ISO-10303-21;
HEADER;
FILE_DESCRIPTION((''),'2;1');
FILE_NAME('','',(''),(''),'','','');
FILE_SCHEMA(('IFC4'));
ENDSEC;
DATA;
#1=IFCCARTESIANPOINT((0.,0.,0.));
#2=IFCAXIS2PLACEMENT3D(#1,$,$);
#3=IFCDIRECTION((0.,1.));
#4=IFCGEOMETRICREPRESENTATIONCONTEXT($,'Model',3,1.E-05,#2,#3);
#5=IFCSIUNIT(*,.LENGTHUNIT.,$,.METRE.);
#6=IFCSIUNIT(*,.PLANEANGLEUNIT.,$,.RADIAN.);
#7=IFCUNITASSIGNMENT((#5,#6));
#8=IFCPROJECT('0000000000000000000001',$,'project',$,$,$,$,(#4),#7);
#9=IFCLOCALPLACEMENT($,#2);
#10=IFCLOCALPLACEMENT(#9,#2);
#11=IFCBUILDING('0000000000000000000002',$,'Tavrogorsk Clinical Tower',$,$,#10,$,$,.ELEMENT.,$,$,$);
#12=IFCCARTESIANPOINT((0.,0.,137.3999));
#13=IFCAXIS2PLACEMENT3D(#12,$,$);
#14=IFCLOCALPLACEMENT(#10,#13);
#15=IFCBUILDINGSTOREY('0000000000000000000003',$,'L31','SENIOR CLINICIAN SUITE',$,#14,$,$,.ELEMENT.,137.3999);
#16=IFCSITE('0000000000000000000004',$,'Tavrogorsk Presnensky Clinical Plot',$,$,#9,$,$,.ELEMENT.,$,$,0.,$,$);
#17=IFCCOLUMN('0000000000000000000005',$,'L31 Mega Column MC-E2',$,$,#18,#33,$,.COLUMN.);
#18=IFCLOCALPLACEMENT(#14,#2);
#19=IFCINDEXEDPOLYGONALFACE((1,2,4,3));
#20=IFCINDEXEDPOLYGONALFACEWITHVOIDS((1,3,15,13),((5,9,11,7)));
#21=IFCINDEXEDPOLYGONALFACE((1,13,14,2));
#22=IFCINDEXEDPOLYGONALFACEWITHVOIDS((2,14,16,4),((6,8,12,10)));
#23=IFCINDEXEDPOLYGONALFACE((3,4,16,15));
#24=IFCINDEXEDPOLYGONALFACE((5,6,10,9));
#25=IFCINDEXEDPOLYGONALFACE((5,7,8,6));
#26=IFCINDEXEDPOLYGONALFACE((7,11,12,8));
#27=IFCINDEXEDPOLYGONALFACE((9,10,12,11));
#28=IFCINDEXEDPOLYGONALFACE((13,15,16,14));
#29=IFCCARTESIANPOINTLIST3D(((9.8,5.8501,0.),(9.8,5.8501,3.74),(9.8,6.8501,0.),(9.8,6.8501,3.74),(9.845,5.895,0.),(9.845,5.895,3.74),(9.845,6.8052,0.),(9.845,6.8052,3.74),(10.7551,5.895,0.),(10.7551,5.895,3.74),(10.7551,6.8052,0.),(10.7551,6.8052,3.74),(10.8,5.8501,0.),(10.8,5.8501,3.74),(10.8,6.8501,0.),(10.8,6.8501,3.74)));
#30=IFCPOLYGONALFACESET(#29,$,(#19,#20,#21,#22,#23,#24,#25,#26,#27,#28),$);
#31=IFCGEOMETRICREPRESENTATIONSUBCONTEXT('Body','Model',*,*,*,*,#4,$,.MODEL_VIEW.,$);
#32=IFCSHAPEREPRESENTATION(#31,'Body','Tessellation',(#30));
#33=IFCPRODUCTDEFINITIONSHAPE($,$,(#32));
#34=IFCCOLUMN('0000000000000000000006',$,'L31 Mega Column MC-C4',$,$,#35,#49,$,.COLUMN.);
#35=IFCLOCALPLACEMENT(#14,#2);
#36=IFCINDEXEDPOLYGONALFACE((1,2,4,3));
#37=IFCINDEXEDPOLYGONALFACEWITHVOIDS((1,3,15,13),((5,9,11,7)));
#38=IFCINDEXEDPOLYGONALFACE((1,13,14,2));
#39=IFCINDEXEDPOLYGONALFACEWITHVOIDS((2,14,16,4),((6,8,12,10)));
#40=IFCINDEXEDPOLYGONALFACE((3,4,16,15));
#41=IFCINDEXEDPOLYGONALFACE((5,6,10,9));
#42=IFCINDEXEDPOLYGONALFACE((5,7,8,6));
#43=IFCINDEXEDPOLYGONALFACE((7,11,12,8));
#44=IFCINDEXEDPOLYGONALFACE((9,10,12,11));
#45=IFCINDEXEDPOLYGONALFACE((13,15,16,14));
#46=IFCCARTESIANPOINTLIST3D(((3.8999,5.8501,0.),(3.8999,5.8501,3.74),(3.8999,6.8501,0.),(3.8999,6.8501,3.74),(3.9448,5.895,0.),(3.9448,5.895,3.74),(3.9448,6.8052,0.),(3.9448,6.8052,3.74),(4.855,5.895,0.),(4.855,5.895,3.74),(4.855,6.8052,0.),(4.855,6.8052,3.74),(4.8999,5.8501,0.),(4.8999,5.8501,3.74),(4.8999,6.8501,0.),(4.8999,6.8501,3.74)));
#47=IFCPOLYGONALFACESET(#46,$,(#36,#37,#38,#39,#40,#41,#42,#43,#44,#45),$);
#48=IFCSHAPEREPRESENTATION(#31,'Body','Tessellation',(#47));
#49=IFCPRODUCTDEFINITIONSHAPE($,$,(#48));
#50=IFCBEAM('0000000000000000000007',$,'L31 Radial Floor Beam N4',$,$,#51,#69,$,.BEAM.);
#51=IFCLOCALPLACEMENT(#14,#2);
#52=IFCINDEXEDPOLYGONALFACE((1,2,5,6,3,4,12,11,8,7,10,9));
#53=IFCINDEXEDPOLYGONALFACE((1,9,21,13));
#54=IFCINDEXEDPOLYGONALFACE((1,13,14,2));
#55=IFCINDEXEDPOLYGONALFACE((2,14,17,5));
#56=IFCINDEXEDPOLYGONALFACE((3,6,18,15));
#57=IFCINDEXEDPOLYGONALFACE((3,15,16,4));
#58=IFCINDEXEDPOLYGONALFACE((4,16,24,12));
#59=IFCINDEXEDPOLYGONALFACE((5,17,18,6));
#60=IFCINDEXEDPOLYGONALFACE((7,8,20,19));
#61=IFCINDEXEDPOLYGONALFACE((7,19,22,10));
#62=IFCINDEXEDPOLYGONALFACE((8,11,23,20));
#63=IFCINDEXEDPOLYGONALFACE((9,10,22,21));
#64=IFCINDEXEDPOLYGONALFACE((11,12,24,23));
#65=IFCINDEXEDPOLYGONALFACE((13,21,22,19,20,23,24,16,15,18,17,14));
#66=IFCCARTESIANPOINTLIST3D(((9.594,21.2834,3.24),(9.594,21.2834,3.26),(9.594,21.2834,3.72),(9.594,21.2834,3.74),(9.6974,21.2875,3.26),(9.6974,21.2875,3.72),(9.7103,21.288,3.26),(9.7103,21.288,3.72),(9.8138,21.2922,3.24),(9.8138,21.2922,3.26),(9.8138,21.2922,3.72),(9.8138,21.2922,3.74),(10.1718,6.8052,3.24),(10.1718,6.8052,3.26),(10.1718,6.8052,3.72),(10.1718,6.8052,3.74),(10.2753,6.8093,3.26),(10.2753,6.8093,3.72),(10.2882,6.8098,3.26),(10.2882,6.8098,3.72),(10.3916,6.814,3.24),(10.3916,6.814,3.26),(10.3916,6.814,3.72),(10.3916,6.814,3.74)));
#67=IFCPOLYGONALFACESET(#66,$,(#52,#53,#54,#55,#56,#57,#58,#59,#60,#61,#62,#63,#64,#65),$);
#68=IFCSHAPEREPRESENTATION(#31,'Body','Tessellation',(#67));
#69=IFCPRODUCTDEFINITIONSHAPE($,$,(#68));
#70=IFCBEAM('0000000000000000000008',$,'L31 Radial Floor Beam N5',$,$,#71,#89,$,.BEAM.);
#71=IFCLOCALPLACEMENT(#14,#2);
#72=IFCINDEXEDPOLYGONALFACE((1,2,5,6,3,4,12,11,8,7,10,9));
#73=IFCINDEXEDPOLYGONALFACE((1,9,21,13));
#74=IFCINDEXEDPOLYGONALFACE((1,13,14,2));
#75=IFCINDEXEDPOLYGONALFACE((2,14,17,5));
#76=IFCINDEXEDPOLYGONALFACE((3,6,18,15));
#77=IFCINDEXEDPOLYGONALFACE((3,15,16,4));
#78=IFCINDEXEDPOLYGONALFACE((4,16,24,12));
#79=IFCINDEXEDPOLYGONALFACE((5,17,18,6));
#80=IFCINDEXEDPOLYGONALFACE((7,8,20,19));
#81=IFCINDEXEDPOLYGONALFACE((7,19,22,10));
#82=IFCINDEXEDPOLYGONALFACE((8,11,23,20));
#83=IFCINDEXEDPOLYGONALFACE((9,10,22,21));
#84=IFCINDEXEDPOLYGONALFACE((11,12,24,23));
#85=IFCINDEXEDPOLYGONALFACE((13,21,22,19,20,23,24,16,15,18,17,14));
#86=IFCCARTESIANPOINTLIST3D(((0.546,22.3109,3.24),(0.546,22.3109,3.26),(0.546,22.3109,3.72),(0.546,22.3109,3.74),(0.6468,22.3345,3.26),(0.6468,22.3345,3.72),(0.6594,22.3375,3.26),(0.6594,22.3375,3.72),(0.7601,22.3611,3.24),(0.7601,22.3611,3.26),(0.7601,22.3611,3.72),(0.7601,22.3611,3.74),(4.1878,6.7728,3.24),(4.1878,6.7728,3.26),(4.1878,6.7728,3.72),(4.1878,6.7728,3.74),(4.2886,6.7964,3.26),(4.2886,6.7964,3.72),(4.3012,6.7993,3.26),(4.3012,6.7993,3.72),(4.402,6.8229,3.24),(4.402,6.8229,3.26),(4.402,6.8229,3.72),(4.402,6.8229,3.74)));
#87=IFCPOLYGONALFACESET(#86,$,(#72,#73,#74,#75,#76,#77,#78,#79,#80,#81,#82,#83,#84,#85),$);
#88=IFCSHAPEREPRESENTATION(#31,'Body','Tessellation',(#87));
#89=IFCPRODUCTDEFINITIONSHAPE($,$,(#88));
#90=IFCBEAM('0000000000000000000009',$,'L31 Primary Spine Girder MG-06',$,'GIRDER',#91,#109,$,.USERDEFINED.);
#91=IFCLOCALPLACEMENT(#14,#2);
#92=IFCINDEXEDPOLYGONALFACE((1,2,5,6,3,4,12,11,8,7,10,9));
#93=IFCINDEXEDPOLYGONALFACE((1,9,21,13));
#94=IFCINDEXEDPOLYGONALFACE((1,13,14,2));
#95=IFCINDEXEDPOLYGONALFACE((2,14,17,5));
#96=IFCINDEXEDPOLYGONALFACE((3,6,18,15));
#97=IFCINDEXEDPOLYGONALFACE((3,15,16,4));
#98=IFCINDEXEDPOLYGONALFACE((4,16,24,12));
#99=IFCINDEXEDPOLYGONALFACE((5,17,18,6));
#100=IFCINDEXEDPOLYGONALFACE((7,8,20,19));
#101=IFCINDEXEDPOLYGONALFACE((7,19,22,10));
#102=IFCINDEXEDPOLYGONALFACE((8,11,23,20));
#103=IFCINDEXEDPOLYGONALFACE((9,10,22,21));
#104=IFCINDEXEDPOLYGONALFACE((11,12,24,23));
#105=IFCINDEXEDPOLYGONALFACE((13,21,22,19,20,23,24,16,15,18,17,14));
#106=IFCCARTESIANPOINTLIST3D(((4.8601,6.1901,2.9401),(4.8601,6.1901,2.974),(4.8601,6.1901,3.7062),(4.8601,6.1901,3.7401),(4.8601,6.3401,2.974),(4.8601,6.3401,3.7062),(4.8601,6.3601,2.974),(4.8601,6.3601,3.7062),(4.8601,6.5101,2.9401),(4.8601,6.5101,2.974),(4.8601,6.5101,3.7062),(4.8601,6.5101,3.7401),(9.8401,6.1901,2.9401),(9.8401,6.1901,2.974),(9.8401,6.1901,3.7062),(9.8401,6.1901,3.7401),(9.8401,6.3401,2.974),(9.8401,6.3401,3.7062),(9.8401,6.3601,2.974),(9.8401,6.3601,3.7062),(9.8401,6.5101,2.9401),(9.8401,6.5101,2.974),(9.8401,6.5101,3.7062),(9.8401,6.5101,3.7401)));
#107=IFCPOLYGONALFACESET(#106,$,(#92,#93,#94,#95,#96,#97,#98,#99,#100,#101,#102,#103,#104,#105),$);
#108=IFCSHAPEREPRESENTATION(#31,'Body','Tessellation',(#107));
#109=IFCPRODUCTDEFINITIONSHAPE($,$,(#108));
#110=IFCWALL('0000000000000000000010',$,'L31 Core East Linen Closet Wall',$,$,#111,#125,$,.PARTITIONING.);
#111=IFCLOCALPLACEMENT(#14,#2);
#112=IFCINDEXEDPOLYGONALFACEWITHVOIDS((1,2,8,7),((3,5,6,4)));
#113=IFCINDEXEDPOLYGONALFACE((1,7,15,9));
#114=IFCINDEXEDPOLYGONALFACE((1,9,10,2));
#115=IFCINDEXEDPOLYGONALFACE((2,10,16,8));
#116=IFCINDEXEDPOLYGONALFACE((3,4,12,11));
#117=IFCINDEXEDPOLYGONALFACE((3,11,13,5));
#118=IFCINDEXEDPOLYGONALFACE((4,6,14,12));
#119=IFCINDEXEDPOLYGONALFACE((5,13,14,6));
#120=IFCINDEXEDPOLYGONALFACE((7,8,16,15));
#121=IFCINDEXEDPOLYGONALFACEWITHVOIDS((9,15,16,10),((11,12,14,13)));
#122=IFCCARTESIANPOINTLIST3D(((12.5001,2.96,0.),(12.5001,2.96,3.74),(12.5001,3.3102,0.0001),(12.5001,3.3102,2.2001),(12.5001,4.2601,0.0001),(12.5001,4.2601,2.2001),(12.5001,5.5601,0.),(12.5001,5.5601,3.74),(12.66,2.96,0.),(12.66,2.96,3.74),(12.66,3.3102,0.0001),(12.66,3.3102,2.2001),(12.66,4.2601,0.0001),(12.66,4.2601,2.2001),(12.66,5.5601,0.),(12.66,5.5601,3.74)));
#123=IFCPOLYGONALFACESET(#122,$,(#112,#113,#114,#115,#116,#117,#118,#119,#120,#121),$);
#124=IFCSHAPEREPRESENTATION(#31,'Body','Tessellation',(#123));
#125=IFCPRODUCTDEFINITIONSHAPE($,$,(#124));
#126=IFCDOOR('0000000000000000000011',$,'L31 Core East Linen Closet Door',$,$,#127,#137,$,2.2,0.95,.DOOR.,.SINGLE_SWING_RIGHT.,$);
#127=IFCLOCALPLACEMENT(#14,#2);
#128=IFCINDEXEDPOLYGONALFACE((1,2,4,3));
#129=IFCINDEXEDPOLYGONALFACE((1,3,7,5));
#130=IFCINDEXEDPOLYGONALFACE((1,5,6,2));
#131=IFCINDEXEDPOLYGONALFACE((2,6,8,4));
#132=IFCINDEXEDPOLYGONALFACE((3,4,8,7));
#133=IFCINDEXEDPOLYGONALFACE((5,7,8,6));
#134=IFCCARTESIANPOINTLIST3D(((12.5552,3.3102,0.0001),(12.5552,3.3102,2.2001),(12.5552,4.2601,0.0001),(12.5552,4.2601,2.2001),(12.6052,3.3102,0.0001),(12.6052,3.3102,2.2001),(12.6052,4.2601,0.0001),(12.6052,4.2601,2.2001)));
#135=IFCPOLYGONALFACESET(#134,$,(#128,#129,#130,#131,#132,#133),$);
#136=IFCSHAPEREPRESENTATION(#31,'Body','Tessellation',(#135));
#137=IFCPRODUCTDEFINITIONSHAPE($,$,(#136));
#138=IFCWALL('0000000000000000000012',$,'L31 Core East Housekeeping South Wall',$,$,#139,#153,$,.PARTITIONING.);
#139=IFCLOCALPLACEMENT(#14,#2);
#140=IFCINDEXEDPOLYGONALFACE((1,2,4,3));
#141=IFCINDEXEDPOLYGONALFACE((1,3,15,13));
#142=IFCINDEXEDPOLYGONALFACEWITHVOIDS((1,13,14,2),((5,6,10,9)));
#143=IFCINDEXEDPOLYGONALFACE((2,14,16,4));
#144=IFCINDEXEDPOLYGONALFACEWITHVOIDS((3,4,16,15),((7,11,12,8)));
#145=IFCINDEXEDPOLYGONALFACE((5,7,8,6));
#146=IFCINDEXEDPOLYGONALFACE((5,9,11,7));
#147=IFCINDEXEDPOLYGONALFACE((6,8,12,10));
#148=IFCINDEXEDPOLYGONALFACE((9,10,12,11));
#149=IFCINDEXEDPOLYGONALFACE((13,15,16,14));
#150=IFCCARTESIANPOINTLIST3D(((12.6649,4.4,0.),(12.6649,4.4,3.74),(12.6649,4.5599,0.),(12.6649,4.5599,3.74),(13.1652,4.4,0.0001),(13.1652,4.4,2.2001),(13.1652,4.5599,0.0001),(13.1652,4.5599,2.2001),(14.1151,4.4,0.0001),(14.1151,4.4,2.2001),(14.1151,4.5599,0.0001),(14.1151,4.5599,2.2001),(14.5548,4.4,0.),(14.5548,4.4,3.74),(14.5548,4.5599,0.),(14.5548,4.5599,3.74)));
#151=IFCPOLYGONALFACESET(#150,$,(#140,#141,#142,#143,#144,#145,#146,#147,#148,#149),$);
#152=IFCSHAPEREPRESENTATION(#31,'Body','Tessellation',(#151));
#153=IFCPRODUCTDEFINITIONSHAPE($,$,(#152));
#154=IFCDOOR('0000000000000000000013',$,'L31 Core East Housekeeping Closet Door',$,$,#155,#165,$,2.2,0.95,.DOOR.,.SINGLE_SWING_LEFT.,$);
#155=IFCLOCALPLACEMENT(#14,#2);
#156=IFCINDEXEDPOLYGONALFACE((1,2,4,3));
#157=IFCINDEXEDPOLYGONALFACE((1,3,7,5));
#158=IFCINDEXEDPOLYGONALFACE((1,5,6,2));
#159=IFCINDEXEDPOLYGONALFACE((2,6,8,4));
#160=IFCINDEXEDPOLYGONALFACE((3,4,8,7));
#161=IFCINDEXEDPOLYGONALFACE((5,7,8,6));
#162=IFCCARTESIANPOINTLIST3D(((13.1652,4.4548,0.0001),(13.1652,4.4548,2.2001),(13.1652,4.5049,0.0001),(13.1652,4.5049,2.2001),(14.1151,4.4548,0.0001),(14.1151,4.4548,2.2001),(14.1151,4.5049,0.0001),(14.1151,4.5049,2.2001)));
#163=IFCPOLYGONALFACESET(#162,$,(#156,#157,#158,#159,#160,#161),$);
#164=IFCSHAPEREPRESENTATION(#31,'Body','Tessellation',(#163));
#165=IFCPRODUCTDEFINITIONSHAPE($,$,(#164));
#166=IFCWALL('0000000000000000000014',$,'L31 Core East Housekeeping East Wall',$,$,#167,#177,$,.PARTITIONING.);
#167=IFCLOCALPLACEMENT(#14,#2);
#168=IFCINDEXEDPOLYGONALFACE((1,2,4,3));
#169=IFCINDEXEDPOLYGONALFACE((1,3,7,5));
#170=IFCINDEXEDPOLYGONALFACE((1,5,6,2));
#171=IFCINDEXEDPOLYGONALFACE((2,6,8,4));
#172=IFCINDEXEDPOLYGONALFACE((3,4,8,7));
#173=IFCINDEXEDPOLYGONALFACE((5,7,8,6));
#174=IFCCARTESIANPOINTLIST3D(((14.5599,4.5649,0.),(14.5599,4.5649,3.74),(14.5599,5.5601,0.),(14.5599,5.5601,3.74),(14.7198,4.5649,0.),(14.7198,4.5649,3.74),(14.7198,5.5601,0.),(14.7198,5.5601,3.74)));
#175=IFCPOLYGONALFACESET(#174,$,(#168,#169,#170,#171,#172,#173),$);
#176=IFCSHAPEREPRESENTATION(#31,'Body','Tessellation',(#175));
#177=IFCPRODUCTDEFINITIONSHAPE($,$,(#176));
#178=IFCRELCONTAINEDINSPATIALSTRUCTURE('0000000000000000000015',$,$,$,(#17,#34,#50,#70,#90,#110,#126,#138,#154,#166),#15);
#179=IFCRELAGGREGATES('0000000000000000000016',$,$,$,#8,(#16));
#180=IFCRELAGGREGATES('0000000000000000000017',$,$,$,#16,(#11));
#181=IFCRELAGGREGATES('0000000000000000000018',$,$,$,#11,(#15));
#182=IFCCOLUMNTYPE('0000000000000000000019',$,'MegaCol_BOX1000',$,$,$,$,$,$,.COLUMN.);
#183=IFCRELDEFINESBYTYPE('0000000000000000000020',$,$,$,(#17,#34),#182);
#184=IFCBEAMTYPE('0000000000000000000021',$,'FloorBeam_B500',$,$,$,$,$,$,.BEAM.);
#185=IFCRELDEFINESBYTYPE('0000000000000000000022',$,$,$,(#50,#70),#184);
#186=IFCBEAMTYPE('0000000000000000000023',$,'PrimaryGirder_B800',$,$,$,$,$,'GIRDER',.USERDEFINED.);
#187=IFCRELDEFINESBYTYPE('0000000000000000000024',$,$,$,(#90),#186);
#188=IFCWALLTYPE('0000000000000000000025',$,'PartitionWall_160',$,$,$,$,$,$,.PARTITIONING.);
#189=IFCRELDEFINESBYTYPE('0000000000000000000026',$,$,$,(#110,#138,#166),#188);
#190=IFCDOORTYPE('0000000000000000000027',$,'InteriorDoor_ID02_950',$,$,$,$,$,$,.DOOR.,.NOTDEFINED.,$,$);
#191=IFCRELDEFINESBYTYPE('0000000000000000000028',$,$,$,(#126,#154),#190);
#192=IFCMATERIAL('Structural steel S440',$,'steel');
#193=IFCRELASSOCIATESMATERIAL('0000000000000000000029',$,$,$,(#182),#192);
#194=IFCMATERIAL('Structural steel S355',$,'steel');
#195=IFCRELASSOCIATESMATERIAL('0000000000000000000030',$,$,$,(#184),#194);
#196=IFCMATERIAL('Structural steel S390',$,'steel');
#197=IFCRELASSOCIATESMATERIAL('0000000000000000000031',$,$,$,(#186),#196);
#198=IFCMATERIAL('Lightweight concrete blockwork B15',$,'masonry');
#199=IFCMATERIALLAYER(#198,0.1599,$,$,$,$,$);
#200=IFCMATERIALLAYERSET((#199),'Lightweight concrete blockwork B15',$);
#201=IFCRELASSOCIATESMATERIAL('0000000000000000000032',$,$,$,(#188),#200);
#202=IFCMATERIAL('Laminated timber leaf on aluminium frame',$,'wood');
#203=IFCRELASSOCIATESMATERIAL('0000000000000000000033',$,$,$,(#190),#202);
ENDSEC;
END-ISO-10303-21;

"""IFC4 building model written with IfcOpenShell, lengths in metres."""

from ifc_helpers import new_model, si_unit, direction, frame, frame_2d, origin, origin_2d, place, context, subcontext, project, spatial, rectangle, hollow_rectangle, i_section, extrude, material, layer, layer_set, material_profile, profile_set, type_object, element, fill, save


model = new_model("IFC4")

# Units and contexts
model_context = context("Model", 3, precision=1e-05, world=origin(), true_north=direction((0.0, 1.0)))
body_context = subcontext(model_context, "Body", "Model", "MODEL_VIEW")
ifc_project = project(units=[si_unit("LENGTHUNIT", "METRE"), si_unit("PLANEANGLEUNIT", "RADIAN")], contexts=[model_context])

# Site, building, storey
site_placement = place(None, origin())
site = spatial("IfcSite", under=ifc_project, at=site_placement, Name="Tavrogorsk Presnensky Clinical Plot", CompositionType="ELEMENT", RefElevation=0.0)
building_placement = place(site_placement, origin())
building = spatial("IfcBuilding", under=site, at=building_placement, Name="Tavrogorsk Clinical Tower", CompositionType="ELEMENT")
storey_placement = place(building_placement, frame((0.0, 0.0, 137.3999)))
storey = spatial("IfcBuildingStorey", under=building, at=storey_placement, Name="L31", Description="SENIOR CLINICIAN SUITE", CompositionType="ELEMENT", Elevation=137.3999)

# Columns
ifc_material_1 = material(Name="Structural steel S440", Category="steel")
ifc_material_profile_1 = material_profile(ifc_material_1, hollow_rectangle(XDim=1.0, YDim=1.0, WallThickness=0.0449, at=origin_2d()), Name="BOX-1000x1000x45")
ifc_profile_set_1 = profile_set([ifc_material_profile_1], Name="Structural steel S440")
column_type = type_object("IfcColumnType", Name="MegaCol_BOX1000", PredefinedType="COLUMN", material=ifc_profile_set_1)
for number, where, z_axis, x_axis, name in (
    (1, (10.3, 6.3501, 0.0), (0.0, 0.0, 1.0), (1.0, 0.0, 0.0), "L31 Mega Column MC-E2"),
    (2, (4.3999, 6.3501, 0.0), (0.0, 0.0, 1.0), (1.0, 0.0, 0.0), "L31 Mega Column MC-C4"),
):
    element("IfcColumn", number, at=place(storey_placement, frame(where, z_axis=z_axis, x_axis=x_axis)), inside=storey, type_object=column_type, Name=name, PredefinedType="COLUMN", context=body_context, shape_type="SweptSolid", body=[
        extrude(hollow_rectangle(XDim=1.0, YDim=1.0, WallThickness=0.0449, at=origin_2d()), origin(), (0.0, 0.0, 1.0), 3.74),
    ])

# Beams
ifc_material_2 = material(Name="Structural steel S355", Category="steel")
ifc_material_profile_2 = material_profile(ifc_material_2, i_section(OverallWidth=0.22, OverallDepth=0.5, WebThickness=0.0129, FlangeThickness=0.02, at=origin_2d()), Name="B-500x220x13x20")
ifc_profile_set_2 = profile_set([ifc_material_profile_2], Name="Structural steel S355")
beam_type_1 = type_object("IfcBeamType", Name="FloorBeam_B500", PredefinedType="BEAM", material=ifc_profile_set_2)
beam_1_placement = place(storey_placement, frame((10.2817, 6.8096, 3.49), z_axis=(-0.039882, 0.999204, 0.0), x_axis=(-0.999204, -0.039882, 0.0)))
element("IfcBeam", 3, at=beam_1_placement, inside=storey, type_object=beam_type_1, Name="L31 Radial Floor Beam N4", PredefinedType="BEAM", context=body_context, shape_type="SweptSolid", body=[
    extrude(i_section(OverallWidth=0.22, OverallDepth=0.5, WebThickness=0.0129, FlangeThickness=0.02, at=origin_2d()), origin(), (0.0, 0.0, 1.0), 14.4897),
])
beam_2_placement = place(storey_placement, frame((4.2949, 6.7979, 3.49), z_axis=(-0.228198, 0.973615, 0.0), x_axis=(-0.973615, -0.228198, 0.0)))
element("IfcBeam", 4, at=beam_2_placement, inside=storey, type_object=beam_type_1, Name="L31 Radial Floor Beam N5", PredefinedType="BEAM", context=body_context, shape_type="SweptSolid", body=[
    extrude(i_section(OverallWidth=0.22, OverallDepth=0.5, WebThickness=0.0129, FlangeThickness=0.02, at=origin_2d()), origin(), (0.0, 0.0, 1.0), 15.9592),
])
ifc_material_3 = material(Name="Structural steel S390", Category="steel")
ifc_material_profile_3 = material_profile(ifc_material_3, i_section(OverallWidth=0.3201, OverallDepth=0.8, WebThickness=0.02, FlangeThickness=0.0339, at=origin_2d()), Name="B-800x320x20x34")
ifc_profile_set_3 = profile_set([ifc_material_profile_3], Name="Structural steel S390")
beam_type_2 = type_object("IfcBeamType", Name="PrimaryGirder_B800", ElementType="GIRDER", PredefinedType="USERDEFINED", material=ifc_profile_set_3)
beam_3_placement = place(storey_placement, frame((4.8601, 6.3501, 3.3401), z_axis=(1.0, 0.0, 0.0), x_axis=(0.0, 1.0, 0.0)))
element("IfcBeam", 5, at=beam_3_placement, inside=storey, type_object=beam_type_2, Name="L31 Primary Spine Girder MG-06", ObjectType="GIRDER", PredefinedType="USERDEFINED", context=body_context, shape_type="SweptSolid", body=[
    extrude(i_section(OverallWidth=0.3201, OverallDepth=0.8, WebThickness=0.02, FlangeThickness=0.0339, at=origin_2d()), origin(), (0.0, 0.0, 1.0), 4.98),
])

# Walls, openings, doors
ifc_material_4 = material(Name="Lightweight concrete blockwork B15", Category="masonry")
ifc_layer_1 = layer(ifc_material_4, 0.1599)
ifc_layer_set_1 = layer_set([ifc_layer_1], Name="Lightweight concrete blockwork B15")
wall_type_1 = type_object("IfcWallType", Name="PartitionWall_160", PredefinedType="PARTITIONING", material=ifc_layer_set_1)
wall_1_placement = place(storey_placement, frame((12.5801, 2.96, 0.0), z_axis=(0.0, 0.0, 1.0), x_axis=(0.0, 1.0, 0.0)))
wall_1 = element("IfcWall", 6, at=wall_1_placement, inside=storey, type_object=wall_type_1, Name="L31 Core East Linen Closet Wall", PredefinedType="PARTITIONING", context=body_context, shape_type="SweptSolid", body=[
    extrude(rectangle(XDim=2.6001, YDim=0.1599, at=frame_2d((1.3, 0.0))), origin(), (0.0, 0.0, 1.0), 3.74),
])
opening_1_placement = place(wall_1_placement, frame((0.3501, 0.0, 0.0)))
opening_1 = element("IfcOpeningElement", 7, at=opening_1_placement, cuts=wall_1, PredefinedType="OPENING", context=body_context, shape_type="SweptSolid", body=[
    extrude(rectangle(XDim=0.95, YDim=2.2, at=frame_2d((0.4751, 1.1001))), frame((0.0, 0.0898, 0.0), z_axis=(0.0, -1.0, 0.0), x_axis=(1.0, 0.0, 0.0)), (0.0, 0.0, 1.0), 0.1799),
])
ifc_material_5 = material(Name="Laminated timber leaf on aluminium frame", Category="wood")
door_type_1 = type_object("IfcDoorType", Name="InteriorDoor_ID02_950", OperationType="NOTDEFINED", PredefinedType="DOOR", material=ifc_material_5)
door_1_placement = place(opening_1_placement, origin())
door_1 = element("IfcDoor", 8, at=door_1_placement, inside=storey, type_object=door_type_1, Name="L31 Core East Linen Closet Door", OperationType="SINGLE_SWING_RIGHT", OverallHeight=2.2, OverallWidth=0.95, PredefinedType="DOOR", context=body_context, shape_type="SweptSolid", body=[
    extrude(rectangle(XDim=0.95, YDim=2.2, at=frame_2d((0.4751, 1.1001))), frame((0.0, 0.0249, 0.0), z_axis=(0.0, -1.0, 0.0), x_axis=(1.0, 0.0, 0.0)), (0.0, 0.0, 1.0), 0.05),
])
fill(opening_1, door_1)
wall_2_placement = place(storey_placement, frame((12.665, 4.48, 0.0), z_axis=(0.0, 0.0, 1.0), x_axis=(1.0, 0.0, 0.0)))
wall_2 = element("IfcWall", 9, at=wall_2_placement, inside=storey, type_object=wall_type_1, Name="L31 Core East Housekeeping South Wall", PredefinedType="PARTITIONING", context=body_context, shape_type="SweptSolid", body=[
    extrude(rectangle(XDim=1.8899, YDim=0.1599, at=frame_2d((0.9448, 0.0))), origin(), (0.0, 0.0, 1.0), 3.74),
])
opening_2_placement = place(wall_2_placement, frame((0.5, 0.0, 0.0)))
opening_2 = element("IfcOpeningElement", 10, at=opening_2_placement, cuts=wall_2, PredefinedType="OPENING", context=body_context, shape_type="SweptSolid", body=[
    extrude(rectangle(XDim=0.95, YDim=2.2, at=frame_2d((0.4751, 1.1001))), frame((0.0, 0.0898, 0.0), z_axis=(0.0, -1.0, 0.0), x_axis=(1.0, 0.0, 0.0)), (0.0, 0.0, 1.0), 0.1799),
])
door_2_placement = place(opening_2_placement, origin())
door_2 = element("IfcDoor", 11, at=door_2_placement, inside=storey, type_object=door_type_1, Name="L31 Core East Housekeeping Closet Door", OperationType="SINGLE_SWING_LEFT", OverallHeight=2.2, OverallWidth=0.95, PredefinedType="DOOR", context=body_context, shape_type="SweptSolid", body=[
    extrude(rectangle(XDim=0.95, YDim=2.2, at=frame_2d((0.4751, 1.1001))), frame((0.0, 0.0249, 0.0), z_axis=(0.0, -1.0, 0.0), x_axis=(1.0, 0.0, 0.0)), (0.0, 0.0, 1.0), 0.05),
])
fill(opening_2, door_2)

# Wall
wall_3_placement = place(storey_placement, frame((14.6399, 4.5649, 0.0), z_axis=(0.0, 0.0, 1.0), x_axis=(0.0, 1.0, 0.0)))
element("IfcWall", 12, at=wall_3_placement, inside=storey, type_object=wall_type_1, Name="L31 Core East Housekeeping East Wall", PredefinedType="PARTITIONING", context=body_context, shape_type="SweptSolid", body=[
    extrude(rectangle(XDim=0.9951, YDim=0.1599, at=frame_2d((0.4976, 0.0))), origin(), (0.0, 0.0, 1.0), 3.74),
])

save(model, "model.ifc")
